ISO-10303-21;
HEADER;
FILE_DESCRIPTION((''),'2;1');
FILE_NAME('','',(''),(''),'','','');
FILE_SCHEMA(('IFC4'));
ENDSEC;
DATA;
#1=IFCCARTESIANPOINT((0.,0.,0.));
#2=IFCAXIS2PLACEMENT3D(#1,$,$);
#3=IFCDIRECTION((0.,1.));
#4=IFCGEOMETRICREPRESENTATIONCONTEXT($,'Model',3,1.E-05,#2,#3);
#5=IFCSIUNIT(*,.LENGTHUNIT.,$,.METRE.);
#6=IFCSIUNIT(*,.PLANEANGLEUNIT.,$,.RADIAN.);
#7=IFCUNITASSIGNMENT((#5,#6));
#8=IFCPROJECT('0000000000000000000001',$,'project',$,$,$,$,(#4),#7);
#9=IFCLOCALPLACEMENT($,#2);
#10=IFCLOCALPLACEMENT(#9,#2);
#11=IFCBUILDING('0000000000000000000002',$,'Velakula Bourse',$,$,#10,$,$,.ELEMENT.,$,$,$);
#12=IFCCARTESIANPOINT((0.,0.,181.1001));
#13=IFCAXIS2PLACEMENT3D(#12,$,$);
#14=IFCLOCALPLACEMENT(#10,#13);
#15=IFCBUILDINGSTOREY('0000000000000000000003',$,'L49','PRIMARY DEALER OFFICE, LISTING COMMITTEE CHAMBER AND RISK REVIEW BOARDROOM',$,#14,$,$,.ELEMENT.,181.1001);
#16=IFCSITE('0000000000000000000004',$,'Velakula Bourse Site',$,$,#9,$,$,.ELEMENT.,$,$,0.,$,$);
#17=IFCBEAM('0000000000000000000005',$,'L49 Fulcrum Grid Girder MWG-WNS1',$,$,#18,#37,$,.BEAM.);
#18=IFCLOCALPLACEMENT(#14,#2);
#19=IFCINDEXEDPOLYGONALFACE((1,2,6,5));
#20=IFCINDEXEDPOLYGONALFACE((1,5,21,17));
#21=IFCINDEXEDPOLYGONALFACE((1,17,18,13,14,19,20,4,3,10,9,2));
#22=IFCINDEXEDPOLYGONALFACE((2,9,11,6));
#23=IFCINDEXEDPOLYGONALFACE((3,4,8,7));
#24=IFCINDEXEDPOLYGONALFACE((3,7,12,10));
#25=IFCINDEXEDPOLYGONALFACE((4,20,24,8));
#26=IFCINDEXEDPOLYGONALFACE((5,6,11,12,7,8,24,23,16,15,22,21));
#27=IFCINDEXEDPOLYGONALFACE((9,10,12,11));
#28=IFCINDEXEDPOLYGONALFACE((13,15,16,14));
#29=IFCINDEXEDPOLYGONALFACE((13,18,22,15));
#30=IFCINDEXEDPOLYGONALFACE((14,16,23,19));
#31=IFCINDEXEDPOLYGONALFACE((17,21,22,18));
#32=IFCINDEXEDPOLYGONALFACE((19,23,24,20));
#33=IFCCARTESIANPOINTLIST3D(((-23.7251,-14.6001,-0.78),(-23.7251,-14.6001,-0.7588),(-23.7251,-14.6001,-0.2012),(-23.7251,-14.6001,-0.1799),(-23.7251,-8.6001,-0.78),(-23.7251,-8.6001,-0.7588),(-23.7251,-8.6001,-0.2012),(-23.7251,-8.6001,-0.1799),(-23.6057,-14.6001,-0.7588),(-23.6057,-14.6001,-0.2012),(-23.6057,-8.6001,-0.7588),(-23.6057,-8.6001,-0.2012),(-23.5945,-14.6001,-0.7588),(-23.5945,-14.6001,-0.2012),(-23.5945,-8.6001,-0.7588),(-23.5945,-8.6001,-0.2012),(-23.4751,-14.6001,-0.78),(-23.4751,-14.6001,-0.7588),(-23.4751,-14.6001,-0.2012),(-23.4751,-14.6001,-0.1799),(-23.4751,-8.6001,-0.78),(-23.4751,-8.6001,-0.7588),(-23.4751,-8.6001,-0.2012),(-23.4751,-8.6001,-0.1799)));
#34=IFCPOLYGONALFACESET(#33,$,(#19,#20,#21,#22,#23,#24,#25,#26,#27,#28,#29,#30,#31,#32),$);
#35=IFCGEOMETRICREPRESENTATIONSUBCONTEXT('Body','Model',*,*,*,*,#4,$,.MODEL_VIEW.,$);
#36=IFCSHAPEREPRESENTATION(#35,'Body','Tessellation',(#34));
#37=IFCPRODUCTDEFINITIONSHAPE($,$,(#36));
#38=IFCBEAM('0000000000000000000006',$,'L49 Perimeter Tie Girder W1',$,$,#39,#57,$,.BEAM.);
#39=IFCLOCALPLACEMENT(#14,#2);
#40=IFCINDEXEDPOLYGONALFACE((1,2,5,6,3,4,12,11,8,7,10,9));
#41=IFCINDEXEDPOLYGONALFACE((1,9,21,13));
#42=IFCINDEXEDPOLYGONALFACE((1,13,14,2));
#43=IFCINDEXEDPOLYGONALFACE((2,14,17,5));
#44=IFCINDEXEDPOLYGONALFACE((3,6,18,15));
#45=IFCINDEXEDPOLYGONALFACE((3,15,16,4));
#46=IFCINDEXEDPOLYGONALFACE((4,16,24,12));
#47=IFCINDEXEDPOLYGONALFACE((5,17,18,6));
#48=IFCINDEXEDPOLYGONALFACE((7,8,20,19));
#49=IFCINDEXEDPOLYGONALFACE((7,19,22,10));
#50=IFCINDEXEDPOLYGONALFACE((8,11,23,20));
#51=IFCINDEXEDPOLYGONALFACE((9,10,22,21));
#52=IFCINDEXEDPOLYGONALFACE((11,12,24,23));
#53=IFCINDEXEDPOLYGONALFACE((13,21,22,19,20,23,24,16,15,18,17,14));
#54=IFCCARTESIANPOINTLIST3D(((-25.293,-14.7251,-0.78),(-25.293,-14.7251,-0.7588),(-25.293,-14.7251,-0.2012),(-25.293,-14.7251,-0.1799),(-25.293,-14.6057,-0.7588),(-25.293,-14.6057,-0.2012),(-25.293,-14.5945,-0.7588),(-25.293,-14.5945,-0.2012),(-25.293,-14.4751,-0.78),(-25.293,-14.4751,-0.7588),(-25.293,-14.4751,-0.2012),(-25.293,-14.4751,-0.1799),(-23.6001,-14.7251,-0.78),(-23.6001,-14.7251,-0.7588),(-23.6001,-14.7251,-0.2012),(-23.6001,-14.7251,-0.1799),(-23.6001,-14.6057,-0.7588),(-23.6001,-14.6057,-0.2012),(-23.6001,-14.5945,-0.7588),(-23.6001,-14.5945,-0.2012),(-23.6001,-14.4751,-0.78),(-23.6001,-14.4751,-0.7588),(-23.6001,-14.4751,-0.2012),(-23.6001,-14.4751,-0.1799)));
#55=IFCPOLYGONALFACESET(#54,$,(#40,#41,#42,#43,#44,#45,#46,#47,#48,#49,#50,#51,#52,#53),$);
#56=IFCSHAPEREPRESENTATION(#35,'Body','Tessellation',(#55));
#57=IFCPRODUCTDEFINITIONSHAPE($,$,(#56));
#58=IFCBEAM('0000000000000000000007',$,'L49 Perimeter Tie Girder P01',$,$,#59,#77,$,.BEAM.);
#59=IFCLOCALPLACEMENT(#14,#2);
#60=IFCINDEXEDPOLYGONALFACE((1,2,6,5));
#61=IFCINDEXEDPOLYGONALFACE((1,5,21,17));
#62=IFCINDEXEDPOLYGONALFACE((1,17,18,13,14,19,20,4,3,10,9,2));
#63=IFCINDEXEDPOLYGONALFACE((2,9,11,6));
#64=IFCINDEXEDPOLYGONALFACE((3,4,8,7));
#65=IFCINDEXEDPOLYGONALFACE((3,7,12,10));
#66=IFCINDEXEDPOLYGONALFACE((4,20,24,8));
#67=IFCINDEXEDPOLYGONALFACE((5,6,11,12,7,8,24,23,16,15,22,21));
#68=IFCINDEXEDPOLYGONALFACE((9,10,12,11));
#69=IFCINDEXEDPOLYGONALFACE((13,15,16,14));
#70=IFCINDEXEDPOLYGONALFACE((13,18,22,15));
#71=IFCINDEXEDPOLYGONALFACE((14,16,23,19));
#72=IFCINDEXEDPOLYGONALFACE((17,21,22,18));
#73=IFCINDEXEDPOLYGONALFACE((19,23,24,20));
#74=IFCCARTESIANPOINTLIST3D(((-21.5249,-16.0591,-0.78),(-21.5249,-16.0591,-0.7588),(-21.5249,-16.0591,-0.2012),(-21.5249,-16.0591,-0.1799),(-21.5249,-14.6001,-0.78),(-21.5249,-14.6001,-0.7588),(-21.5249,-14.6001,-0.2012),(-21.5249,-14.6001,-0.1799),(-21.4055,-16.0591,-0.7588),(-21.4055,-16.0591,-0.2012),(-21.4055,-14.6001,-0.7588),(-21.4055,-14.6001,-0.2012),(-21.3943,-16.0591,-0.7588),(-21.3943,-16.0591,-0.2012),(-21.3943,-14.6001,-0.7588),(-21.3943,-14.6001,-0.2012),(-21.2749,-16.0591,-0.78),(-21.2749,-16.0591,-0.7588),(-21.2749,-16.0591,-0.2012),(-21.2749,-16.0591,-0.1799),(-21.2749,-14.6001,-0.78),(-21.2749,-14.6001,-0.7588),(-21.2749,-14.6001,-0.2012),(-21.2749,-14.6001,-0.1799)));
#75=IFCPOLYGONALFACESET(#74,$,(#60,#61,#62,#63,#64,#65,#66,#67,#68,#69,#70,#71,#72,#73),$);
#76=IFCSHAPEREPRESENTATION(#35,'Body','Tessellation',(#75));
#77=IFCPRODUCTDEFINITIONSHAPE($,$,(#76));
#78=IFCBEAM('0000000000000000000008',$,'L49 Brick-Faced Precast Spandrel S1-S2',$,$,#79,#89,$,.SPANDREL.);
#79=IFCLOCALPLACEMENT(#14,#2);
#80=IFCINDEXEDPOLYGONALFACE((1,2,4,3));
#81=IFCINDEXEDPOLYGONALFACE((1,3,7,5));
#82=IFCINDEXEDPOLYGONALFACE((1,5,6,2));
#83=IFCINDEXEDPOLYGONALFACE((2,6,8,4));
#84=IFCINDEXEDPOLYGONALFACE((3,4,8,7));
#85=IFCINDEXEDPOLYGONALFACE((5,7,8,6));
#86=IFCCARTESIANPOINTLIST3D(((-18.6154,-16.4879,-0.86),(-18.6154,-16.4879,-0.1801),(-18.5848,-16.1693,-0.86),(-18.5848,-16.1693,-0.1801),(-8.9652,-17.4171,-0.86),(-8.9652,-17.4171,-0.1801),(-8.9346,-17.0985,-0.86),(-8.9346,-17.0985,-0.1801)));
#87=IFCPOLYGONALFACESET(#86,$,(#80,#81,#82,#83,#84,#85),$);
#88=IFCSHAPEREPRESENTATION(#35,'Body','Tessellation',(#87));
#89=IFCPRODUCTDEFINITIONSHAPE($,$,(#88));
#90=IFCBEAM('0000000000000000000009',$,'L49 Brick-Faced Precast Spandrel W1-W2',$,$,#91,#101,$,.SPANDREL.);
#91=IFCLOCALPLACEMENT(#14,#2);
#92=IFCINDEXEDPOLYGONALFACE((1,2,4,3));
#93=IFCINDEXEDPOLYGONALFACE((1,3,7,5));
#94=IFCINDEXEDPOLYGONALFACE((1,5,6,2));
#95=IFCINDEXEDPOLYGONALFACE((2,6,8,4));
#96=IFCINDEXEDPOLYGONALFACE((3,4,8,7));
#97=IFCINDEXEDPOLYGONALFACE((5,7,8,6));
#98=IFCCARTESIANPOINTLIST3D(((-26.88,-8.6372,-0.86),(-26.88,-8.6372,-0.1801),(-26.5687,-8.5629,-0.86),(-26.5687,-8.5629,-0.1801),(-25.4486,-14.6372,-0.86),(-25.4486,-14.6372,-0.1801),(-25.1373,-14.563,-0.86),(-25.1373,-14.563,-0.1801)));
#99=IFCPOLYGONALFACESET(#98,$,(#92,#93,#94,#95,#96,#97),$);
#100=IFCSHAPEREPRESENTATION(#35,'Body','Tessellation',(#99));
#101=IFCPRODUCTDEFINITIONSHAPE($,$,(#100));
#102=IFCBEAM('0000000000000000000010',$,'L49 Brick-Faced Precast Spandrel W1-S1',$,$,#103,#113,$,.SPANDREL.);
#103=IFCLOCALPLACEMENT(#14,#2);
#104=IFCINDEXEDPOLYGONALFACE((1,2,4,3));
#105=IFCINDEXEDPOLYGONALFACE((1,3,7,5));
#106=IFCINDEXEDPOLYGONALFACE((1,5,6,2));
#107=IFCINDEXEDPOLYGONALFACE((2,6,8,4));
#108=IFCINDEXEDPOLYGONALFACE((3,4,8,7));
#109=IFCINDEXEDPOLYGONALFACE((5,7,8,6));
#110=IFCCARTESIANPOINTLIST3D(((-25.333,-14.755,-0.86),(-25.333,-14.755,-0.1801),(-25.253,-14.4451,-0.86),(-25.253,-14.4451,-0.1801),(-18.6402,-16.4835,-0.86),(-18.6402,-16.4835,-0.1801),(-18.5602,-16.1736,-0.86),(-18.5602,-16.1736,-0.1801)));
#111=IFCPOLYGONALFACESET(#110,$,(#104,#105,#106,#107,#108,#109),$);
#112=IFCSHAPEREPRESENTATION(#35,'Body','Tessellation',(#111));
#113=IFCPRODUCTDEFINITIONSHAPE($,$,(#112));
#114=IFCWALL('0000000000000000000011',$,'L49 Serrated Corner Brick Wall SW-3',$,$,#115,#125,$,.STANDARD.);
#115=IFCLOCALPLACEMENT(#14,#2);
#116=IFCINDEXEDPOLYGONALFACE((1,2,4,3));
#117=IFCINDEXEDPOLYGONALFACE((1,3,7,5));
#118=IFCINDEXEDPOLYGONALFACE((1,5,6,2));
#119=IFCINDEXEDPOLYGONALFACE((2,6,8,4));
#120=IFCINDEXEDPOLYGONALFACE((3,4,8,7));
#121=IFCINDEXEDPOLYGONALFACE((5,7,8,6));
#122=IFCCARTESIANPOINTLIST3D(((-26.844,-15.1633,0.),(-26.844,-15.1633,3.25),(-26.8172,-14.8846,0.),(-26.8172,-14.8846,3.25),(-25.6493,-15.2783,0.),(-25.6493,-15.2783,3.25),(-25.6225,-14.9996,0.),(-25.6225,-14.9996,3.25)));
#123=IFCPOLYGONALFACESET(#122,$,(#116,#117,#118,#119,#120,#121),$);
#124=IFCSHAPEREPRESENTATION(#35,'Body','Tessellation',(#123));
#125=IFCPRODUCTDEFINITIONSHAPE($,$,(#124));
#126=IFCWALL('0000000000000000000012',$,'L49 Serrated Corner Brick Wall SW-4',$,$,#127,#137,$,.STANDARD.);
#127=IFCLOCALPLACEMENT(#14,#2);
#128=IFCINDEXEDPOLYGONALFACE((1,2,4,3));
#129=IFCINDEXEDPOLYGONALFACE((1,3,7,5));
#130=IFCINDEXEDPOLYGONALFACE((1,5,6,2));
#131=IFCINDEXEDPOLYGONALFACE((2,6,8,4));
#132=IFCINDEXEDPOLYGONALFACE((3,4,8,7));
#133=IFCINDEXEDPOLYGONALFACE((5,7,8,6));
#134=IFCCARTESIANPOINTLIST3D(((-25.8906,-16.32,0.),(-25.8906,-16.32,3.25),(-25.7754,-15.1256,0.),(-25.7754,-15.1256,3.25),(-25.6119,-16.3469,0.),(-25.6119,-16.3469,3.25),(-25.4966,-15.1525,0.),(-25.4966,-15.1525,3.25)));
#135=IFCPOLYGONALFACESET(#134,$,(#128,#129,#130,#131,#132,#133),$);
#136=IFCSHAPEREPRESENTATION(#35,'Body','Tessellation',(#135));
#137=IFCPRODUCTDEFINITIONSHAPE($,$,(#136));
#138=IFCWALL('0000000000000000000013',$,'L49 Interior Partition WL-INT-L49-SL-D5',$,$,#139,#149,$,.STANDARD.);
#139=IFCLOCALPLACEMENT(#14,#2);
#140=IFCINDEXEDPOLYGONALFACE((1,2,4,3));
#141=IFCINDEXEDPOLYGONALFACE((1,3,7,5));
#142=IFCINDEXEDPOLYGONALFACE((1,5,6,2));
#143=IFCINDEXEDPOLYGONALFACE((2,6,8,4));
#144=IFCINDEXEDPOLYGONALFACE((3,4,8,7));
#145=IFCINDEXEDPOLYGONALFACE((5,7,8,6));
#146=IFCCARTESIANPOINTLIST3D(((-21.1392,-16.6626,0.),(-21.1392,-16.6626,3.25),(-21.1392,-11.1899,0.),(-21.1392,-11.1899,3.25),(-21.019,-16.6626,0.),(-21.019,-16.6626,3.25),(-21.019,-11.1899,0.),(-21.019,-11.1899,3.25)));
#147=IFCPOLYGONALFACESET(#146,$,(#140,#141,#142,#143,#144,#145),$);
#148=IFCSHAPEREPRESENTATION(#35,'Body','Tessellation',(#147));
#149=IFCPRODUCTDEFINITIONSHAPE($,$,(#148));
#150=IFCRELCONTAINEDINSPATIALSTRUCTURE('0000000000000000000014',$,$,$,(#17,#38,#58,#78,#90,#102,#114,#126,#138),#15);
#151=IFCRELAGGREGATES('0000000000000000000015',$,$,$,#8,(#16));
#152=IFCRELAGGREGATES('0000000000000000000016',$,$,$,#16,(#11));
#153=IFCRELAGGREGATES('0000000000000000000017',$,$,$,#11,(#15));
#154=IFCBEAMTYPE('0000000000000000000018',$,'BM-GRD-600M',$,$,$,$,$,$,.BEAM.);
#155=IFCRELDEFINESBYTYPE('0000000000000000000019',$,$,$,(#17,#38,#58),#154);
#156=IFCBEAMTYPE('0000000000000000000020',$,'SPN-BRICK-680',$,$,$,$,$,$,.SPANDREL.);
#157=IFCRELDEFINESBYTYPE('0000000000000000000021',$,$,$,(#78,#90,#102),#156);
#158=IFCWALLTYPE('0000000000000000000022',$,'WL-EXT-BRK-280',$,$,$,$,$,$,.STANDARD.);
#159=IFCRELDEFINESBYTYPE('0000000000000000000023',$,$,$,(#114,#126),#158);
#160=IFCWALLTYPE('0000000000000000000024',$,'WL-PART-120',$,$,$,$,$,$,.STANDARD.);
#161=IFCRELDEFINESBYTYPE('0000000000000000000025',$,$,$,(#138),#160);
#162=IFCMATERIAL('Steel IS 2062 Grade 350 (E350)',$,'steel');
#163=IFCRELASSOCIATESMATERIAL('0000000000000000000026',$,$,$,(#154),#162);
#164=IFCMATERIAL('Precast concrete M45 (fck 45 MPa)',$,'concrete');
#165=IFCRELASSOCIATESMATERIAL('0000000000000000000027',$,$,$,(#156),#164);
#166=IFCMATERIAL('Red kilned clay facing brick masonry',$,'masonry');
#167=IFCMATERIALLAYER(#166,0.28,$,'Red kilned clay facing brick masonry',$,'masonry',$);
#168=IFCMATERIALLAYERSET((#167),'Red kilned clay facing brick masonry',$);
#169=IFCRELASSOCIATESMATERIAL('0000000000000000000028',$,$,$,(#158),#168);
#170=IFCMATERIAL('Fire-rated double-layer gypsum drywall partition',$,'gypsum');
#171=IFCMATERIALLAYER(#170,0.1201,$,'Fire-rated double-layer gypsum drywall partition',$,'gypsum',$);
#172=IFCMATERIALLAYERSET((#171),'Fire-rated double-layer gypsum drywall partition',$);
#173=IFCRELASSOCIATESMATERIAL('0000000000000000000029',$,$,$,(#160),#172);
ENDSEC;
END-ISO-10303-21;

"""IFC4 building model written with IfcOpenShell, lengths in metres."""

from ifc_helpers import new_model, si_unit, direction, frame, frame_2d, origin, origin_2d, place, context, subcontext, project, spatial, rectangle, i_section, extrude, material, layer, layer_set, material_profile, profile_set, type_object, element, save


model = new_model("IFC4")

# Units and contexts
model_context = context("Model", 3, precision=1e-05, world=origin(), true_north=direction((0.0, 1.0)))
body_context = subcontext(model_context, "Body", "Model", "MODEL_VIEW")
ifc_project = project(units=[si_unit("LENGTHUNIT", "METRE"), si_unit("PLANEANGLEUNIT", "RADIAN")], contexts=[model_context])

# Site, building, storey
site_placement = place(None, origin())
site = spatial("IfcSite", under=ifc_project, at=site_placement, Name="Velakula Bourse Site", CompositionType="ELEMENT", RefElevation=0.0)
building_placement = place(site_placement, origin())
building = spatial("IfcBuilding", under=site, at=building_placement, Name="Velakula Bourse", CompositionType="ELEMENT")
storey_placement = place(building_placement, frame((0.0, 0.0, 181.1001)))
storey = spatial("IfcBuildingStorey", under=building, at=storey_placement, Name="L49", Description="PRIMARY DEALER OFFICE, LISTING COMMITTEE CHAMBER AND RISK REVIEW BOARDROOM", CompositionType="ELEMENT", Elevation=181.1001)

# Shared definitions
ifc_material_1 = material(Name="Steel IS 2062 Grade 350 (E350)", Category="steel")
ifc_material_2 = material(Name="Precast concrete M45 (fck 45 MPa)", Category="concrete")

# Beams
ifc_material_profile_1 = material_profile(ifc_material_1, i_section(OverallWidth=0.25, OverallDepth=0.6001, WebThickness=0.0112, FlangeThickness=0.0212, at=origin_2d()), Name="Steel IS 2062 Grade 350 (E350)")
ifc_profile_set_1 = profile_set([ifc_material_profile_1], Name="Steel IS 2062 Grade 350 (E350)")
beam_type_1 = type_object("IfcBeamType", Name="BM-GRD-600M", PredefinedType="BEAM", material=ifc_profile_set_1)
beam_1_placement = place(storey_placement, frame((-23.6001, -14.6001, -0.48), z_axis=(0.0, 1.0, 0.0), x_axis=(-1.0, 0.0, 0.0)))
element("IfcBeam", 1, at=beam_1_placement, inside=storey, type_object=beam_type_1, Name="L49 Fulcrum Grid Girder MWG-WNS1", PredefinedType="BEAM", context=body_context, shape_type="SweptSolid", body=[
    extrude(i_section(OverallWidth=0.25, OverallDepth=0.6001, WebThickness=0.0112, FlangeThickness=0.0212, at=origin_2d()), origin(), (0.0, 0.0, 1.0), 6.0),
])
beam_2_placement = place(storey_placement, frame((-23.6001, -14.6001, -0.48), z_axis=(-1.0, 0.0, 0.0), x_axis=(0.0, -1.0, 0.0)))
element("IfcBeam", 2, at=beam_2_placement, inside=storey, type_object=beam_type_1, Name="L49 Perimeter Tie Girder W1", PredefinedType="BEAM", context=body_context, shape_type="SweptSolid", body=[
    extrude(i_section(OverallWidth=0.25, OverallDepth=0.6001, WebThickness=0.0112, FlangeThickness=0.0212, at=origin_2d()), origin(), (0.0, 0.0, 1.0), 1.6929),
])
beam_3_placement = place(storey_placement, frame((-21.3999, -14.6001, -0.48), z_axis=(0.0, -1.0, 0.0), x_axis=(1.0, 0.0, 0.0)))
element("IfcBeam", 3, at=beam_3_placement, inside=storey, type_object=beam_type_1, Name="L49 Perimeter Tie Girder P01", PredefinedType="BEAM", context=body_context, shape_type="SweptSolid", body=[
    extrude(i_section(OverallWidth=0.25, OverallDepth=0.6001, WebThickness=0.0112, FlangeThickness=0.0212, at=origin_2d()), origin(), (0.0, 0.0, 1.0), 1.459),
])
ifc_material_profile_2 = material_profile(ifc_material_2, rectangle(XDim=0.3201, YDim=0.6799, at=origin_2d()), Name="Precast concrete M45 (fck 45 MPa)")
ifc_profile_set_2 = profile_set([ifc_material_profile_2], Name="Precast concrete M45 (fck 45 MPa)")
beam_type_2 = type_object("IfcBeamType", Name="SPN-BRICK-680", PredefinedType="SPANDREL", material=ifc_profile_set_2)
beam_4_placement = place(storey_placement, frame((-18.6001, -16.3286, -0.52), z_axis=(0.995396, -0.095845, 0.0), x_axis=(0.095845, 0.995396, 0.0)))
element("IfcBeam", 4, at=beam_4_placement, inside=storey, type_object=beam_type_2, Name="L49 Brick-Faced Precast Spandrel S1-S2", PredefinedType="SPANDREL", context=body_context, shape_type="SweptSolid", body=[
    extrude(rectangle(XDim=0.3201, YDim=0.6799, at=origin_2d()), origin(), (0.0, 0.0, 1.0), 9.6948),
])
beam_5_placement = place(storey_placement, frame((-25.293, -14.6001, -0.52), z_axis=(-0.232054, 0.972703, 0.0), x_axis=(-0.972703, -0.232054, 0.0)))
element("IfcBeam", 5, at=beam_5_placement, inside=storey, type_object=beam_type_2, Name="L49 Brick-Faced Precast Spandrel W1-W2", PredefinedType="SPANDREL", context=body_context, shape_type="SweptSolid", body=[
    extrude(rectangle(XDim=0.3201, YDim=0.6799, at=origin_2d()), origin(), (0.0, 0.0, 1.0), 6.1685),
])
beam_6_placement = place(storey_placement, frame((-25.293, -14.6001, -0.52), z_axis=(0.968231, -0.250057, 0.0), x_axis=(0.250057, 0.968231, 0.0)))
element("IfcBeam", 6, at=beam_6_placement, inside=storey, type_object=beam_type_2, Name="L49 Brick-Faced Precast Spandrel W1-S1", PredefinedType="SPANDREL", context=body_context, shape_type="SweptSolid", body=[
    extrude(rectangle(XDim=0.3201, YDim=0.6799, at=origin_2d()), origin(), (0.0, 0.0, 1.0), 6.9124),
])

# Walls
ifc_material_3 = material(Name="Red kilned clay facing brick masonry", Category="masonry")
ifc_layer_1 = layer(ifc_material_3, 0.28, Name="Red kilned clay facing brick masonry", Category="masonry")
ifc_layer_set_1 = layer_set([ifc_layer_1], Name="Red kilned clay facing brick masonry")
wall_type_1 = type_object("IfcWallType", Name="WL-EXT-BRK-280", PredefinedType="STANDARD", material=ifc_layer_set_1)
wall_1_placement = place(storey_placement, frame((-26.8306, -15.0239, 0.0), z_axis=(0.0, 0.0, 1.0), x_axis=(0.995399, -0.095817, 0.0)))
element("IfcWall", 7, at=wall_1_placement, inside=storey, type_object=wall_type_1, Name="L49 Serrated Corner Brick Wall SW-3", PredefinedType="STANDARD", context=body_context, shape_type="SweptSolid", body=[
    extrude(rectangle(XDim=1.2002, YDim=0.28, at=frame_2d((0.6001, 0.0))), origin(), (0.0, 0.0, 1.0), 3.25),
])
wall_2_placement = place(storey_placement, frame((-25.636, -15.1389, 0.0), z_axis=(0.0, 0.0, 1.0), x_axis=(-0.096038, -0.995378, 0.0)))
element("IfcWall", 8, at=wall_2_placement, inside=storey, type_object=wall_type_1, Name="L49 Serrated Corner Brick Wall SW-4", PredefinedType="STANDARD", context=body_context, shape_type="SweptSolid", body=[
    extrude(rectangle(XDim=1.2, YDim=0.28, at=frame_2d((0.6001, 0.0))), origin(), (0.0, 0.0, 1.0), 3.25),
])
ifc_material_4 = material(Name="Fire-rated double-layer gypsum drywall partition", Category="gypsum")
ifc_layer_2 = layer(ifc_material_4, 0.1201, Name="Fire-rated double-layer gypsum drywall partition", Category="gypsum")
ifc_layer_set_2 = layer_set([ifc_layer_2], Name="Fire-rated double-layer gypsum drywall partition")
wall_type_2 = type_object("IfcWallType", Name="WL-PART-120", PredefinedType="STANDARD", material=ifc_layer_set_2)
wall_3_placement = place(storey_placement, frame((-21.0791, -16.6626, 0.0), z_axis=(0.0, 0.0, 1.0), x_axis=(0.0, 1.0, 0.0)))
element("IfcWall", 9, at=wall_3_placement, inside=storey, type_object=wall_type_2, Name="L49 Interior Partition WL-INT-L49-SL-D5", PredefinedType="STANDARD", context=body_context, shape_type="SweptSolid", body=[
    extrude(rectangle(XDim=5.4727, YDim=0.1201, at=frame_2d((2.7363, 0.0))), origin(), (0.0, 0.0, 1.0), 3.25),
])

save(model, "model.ifc")
